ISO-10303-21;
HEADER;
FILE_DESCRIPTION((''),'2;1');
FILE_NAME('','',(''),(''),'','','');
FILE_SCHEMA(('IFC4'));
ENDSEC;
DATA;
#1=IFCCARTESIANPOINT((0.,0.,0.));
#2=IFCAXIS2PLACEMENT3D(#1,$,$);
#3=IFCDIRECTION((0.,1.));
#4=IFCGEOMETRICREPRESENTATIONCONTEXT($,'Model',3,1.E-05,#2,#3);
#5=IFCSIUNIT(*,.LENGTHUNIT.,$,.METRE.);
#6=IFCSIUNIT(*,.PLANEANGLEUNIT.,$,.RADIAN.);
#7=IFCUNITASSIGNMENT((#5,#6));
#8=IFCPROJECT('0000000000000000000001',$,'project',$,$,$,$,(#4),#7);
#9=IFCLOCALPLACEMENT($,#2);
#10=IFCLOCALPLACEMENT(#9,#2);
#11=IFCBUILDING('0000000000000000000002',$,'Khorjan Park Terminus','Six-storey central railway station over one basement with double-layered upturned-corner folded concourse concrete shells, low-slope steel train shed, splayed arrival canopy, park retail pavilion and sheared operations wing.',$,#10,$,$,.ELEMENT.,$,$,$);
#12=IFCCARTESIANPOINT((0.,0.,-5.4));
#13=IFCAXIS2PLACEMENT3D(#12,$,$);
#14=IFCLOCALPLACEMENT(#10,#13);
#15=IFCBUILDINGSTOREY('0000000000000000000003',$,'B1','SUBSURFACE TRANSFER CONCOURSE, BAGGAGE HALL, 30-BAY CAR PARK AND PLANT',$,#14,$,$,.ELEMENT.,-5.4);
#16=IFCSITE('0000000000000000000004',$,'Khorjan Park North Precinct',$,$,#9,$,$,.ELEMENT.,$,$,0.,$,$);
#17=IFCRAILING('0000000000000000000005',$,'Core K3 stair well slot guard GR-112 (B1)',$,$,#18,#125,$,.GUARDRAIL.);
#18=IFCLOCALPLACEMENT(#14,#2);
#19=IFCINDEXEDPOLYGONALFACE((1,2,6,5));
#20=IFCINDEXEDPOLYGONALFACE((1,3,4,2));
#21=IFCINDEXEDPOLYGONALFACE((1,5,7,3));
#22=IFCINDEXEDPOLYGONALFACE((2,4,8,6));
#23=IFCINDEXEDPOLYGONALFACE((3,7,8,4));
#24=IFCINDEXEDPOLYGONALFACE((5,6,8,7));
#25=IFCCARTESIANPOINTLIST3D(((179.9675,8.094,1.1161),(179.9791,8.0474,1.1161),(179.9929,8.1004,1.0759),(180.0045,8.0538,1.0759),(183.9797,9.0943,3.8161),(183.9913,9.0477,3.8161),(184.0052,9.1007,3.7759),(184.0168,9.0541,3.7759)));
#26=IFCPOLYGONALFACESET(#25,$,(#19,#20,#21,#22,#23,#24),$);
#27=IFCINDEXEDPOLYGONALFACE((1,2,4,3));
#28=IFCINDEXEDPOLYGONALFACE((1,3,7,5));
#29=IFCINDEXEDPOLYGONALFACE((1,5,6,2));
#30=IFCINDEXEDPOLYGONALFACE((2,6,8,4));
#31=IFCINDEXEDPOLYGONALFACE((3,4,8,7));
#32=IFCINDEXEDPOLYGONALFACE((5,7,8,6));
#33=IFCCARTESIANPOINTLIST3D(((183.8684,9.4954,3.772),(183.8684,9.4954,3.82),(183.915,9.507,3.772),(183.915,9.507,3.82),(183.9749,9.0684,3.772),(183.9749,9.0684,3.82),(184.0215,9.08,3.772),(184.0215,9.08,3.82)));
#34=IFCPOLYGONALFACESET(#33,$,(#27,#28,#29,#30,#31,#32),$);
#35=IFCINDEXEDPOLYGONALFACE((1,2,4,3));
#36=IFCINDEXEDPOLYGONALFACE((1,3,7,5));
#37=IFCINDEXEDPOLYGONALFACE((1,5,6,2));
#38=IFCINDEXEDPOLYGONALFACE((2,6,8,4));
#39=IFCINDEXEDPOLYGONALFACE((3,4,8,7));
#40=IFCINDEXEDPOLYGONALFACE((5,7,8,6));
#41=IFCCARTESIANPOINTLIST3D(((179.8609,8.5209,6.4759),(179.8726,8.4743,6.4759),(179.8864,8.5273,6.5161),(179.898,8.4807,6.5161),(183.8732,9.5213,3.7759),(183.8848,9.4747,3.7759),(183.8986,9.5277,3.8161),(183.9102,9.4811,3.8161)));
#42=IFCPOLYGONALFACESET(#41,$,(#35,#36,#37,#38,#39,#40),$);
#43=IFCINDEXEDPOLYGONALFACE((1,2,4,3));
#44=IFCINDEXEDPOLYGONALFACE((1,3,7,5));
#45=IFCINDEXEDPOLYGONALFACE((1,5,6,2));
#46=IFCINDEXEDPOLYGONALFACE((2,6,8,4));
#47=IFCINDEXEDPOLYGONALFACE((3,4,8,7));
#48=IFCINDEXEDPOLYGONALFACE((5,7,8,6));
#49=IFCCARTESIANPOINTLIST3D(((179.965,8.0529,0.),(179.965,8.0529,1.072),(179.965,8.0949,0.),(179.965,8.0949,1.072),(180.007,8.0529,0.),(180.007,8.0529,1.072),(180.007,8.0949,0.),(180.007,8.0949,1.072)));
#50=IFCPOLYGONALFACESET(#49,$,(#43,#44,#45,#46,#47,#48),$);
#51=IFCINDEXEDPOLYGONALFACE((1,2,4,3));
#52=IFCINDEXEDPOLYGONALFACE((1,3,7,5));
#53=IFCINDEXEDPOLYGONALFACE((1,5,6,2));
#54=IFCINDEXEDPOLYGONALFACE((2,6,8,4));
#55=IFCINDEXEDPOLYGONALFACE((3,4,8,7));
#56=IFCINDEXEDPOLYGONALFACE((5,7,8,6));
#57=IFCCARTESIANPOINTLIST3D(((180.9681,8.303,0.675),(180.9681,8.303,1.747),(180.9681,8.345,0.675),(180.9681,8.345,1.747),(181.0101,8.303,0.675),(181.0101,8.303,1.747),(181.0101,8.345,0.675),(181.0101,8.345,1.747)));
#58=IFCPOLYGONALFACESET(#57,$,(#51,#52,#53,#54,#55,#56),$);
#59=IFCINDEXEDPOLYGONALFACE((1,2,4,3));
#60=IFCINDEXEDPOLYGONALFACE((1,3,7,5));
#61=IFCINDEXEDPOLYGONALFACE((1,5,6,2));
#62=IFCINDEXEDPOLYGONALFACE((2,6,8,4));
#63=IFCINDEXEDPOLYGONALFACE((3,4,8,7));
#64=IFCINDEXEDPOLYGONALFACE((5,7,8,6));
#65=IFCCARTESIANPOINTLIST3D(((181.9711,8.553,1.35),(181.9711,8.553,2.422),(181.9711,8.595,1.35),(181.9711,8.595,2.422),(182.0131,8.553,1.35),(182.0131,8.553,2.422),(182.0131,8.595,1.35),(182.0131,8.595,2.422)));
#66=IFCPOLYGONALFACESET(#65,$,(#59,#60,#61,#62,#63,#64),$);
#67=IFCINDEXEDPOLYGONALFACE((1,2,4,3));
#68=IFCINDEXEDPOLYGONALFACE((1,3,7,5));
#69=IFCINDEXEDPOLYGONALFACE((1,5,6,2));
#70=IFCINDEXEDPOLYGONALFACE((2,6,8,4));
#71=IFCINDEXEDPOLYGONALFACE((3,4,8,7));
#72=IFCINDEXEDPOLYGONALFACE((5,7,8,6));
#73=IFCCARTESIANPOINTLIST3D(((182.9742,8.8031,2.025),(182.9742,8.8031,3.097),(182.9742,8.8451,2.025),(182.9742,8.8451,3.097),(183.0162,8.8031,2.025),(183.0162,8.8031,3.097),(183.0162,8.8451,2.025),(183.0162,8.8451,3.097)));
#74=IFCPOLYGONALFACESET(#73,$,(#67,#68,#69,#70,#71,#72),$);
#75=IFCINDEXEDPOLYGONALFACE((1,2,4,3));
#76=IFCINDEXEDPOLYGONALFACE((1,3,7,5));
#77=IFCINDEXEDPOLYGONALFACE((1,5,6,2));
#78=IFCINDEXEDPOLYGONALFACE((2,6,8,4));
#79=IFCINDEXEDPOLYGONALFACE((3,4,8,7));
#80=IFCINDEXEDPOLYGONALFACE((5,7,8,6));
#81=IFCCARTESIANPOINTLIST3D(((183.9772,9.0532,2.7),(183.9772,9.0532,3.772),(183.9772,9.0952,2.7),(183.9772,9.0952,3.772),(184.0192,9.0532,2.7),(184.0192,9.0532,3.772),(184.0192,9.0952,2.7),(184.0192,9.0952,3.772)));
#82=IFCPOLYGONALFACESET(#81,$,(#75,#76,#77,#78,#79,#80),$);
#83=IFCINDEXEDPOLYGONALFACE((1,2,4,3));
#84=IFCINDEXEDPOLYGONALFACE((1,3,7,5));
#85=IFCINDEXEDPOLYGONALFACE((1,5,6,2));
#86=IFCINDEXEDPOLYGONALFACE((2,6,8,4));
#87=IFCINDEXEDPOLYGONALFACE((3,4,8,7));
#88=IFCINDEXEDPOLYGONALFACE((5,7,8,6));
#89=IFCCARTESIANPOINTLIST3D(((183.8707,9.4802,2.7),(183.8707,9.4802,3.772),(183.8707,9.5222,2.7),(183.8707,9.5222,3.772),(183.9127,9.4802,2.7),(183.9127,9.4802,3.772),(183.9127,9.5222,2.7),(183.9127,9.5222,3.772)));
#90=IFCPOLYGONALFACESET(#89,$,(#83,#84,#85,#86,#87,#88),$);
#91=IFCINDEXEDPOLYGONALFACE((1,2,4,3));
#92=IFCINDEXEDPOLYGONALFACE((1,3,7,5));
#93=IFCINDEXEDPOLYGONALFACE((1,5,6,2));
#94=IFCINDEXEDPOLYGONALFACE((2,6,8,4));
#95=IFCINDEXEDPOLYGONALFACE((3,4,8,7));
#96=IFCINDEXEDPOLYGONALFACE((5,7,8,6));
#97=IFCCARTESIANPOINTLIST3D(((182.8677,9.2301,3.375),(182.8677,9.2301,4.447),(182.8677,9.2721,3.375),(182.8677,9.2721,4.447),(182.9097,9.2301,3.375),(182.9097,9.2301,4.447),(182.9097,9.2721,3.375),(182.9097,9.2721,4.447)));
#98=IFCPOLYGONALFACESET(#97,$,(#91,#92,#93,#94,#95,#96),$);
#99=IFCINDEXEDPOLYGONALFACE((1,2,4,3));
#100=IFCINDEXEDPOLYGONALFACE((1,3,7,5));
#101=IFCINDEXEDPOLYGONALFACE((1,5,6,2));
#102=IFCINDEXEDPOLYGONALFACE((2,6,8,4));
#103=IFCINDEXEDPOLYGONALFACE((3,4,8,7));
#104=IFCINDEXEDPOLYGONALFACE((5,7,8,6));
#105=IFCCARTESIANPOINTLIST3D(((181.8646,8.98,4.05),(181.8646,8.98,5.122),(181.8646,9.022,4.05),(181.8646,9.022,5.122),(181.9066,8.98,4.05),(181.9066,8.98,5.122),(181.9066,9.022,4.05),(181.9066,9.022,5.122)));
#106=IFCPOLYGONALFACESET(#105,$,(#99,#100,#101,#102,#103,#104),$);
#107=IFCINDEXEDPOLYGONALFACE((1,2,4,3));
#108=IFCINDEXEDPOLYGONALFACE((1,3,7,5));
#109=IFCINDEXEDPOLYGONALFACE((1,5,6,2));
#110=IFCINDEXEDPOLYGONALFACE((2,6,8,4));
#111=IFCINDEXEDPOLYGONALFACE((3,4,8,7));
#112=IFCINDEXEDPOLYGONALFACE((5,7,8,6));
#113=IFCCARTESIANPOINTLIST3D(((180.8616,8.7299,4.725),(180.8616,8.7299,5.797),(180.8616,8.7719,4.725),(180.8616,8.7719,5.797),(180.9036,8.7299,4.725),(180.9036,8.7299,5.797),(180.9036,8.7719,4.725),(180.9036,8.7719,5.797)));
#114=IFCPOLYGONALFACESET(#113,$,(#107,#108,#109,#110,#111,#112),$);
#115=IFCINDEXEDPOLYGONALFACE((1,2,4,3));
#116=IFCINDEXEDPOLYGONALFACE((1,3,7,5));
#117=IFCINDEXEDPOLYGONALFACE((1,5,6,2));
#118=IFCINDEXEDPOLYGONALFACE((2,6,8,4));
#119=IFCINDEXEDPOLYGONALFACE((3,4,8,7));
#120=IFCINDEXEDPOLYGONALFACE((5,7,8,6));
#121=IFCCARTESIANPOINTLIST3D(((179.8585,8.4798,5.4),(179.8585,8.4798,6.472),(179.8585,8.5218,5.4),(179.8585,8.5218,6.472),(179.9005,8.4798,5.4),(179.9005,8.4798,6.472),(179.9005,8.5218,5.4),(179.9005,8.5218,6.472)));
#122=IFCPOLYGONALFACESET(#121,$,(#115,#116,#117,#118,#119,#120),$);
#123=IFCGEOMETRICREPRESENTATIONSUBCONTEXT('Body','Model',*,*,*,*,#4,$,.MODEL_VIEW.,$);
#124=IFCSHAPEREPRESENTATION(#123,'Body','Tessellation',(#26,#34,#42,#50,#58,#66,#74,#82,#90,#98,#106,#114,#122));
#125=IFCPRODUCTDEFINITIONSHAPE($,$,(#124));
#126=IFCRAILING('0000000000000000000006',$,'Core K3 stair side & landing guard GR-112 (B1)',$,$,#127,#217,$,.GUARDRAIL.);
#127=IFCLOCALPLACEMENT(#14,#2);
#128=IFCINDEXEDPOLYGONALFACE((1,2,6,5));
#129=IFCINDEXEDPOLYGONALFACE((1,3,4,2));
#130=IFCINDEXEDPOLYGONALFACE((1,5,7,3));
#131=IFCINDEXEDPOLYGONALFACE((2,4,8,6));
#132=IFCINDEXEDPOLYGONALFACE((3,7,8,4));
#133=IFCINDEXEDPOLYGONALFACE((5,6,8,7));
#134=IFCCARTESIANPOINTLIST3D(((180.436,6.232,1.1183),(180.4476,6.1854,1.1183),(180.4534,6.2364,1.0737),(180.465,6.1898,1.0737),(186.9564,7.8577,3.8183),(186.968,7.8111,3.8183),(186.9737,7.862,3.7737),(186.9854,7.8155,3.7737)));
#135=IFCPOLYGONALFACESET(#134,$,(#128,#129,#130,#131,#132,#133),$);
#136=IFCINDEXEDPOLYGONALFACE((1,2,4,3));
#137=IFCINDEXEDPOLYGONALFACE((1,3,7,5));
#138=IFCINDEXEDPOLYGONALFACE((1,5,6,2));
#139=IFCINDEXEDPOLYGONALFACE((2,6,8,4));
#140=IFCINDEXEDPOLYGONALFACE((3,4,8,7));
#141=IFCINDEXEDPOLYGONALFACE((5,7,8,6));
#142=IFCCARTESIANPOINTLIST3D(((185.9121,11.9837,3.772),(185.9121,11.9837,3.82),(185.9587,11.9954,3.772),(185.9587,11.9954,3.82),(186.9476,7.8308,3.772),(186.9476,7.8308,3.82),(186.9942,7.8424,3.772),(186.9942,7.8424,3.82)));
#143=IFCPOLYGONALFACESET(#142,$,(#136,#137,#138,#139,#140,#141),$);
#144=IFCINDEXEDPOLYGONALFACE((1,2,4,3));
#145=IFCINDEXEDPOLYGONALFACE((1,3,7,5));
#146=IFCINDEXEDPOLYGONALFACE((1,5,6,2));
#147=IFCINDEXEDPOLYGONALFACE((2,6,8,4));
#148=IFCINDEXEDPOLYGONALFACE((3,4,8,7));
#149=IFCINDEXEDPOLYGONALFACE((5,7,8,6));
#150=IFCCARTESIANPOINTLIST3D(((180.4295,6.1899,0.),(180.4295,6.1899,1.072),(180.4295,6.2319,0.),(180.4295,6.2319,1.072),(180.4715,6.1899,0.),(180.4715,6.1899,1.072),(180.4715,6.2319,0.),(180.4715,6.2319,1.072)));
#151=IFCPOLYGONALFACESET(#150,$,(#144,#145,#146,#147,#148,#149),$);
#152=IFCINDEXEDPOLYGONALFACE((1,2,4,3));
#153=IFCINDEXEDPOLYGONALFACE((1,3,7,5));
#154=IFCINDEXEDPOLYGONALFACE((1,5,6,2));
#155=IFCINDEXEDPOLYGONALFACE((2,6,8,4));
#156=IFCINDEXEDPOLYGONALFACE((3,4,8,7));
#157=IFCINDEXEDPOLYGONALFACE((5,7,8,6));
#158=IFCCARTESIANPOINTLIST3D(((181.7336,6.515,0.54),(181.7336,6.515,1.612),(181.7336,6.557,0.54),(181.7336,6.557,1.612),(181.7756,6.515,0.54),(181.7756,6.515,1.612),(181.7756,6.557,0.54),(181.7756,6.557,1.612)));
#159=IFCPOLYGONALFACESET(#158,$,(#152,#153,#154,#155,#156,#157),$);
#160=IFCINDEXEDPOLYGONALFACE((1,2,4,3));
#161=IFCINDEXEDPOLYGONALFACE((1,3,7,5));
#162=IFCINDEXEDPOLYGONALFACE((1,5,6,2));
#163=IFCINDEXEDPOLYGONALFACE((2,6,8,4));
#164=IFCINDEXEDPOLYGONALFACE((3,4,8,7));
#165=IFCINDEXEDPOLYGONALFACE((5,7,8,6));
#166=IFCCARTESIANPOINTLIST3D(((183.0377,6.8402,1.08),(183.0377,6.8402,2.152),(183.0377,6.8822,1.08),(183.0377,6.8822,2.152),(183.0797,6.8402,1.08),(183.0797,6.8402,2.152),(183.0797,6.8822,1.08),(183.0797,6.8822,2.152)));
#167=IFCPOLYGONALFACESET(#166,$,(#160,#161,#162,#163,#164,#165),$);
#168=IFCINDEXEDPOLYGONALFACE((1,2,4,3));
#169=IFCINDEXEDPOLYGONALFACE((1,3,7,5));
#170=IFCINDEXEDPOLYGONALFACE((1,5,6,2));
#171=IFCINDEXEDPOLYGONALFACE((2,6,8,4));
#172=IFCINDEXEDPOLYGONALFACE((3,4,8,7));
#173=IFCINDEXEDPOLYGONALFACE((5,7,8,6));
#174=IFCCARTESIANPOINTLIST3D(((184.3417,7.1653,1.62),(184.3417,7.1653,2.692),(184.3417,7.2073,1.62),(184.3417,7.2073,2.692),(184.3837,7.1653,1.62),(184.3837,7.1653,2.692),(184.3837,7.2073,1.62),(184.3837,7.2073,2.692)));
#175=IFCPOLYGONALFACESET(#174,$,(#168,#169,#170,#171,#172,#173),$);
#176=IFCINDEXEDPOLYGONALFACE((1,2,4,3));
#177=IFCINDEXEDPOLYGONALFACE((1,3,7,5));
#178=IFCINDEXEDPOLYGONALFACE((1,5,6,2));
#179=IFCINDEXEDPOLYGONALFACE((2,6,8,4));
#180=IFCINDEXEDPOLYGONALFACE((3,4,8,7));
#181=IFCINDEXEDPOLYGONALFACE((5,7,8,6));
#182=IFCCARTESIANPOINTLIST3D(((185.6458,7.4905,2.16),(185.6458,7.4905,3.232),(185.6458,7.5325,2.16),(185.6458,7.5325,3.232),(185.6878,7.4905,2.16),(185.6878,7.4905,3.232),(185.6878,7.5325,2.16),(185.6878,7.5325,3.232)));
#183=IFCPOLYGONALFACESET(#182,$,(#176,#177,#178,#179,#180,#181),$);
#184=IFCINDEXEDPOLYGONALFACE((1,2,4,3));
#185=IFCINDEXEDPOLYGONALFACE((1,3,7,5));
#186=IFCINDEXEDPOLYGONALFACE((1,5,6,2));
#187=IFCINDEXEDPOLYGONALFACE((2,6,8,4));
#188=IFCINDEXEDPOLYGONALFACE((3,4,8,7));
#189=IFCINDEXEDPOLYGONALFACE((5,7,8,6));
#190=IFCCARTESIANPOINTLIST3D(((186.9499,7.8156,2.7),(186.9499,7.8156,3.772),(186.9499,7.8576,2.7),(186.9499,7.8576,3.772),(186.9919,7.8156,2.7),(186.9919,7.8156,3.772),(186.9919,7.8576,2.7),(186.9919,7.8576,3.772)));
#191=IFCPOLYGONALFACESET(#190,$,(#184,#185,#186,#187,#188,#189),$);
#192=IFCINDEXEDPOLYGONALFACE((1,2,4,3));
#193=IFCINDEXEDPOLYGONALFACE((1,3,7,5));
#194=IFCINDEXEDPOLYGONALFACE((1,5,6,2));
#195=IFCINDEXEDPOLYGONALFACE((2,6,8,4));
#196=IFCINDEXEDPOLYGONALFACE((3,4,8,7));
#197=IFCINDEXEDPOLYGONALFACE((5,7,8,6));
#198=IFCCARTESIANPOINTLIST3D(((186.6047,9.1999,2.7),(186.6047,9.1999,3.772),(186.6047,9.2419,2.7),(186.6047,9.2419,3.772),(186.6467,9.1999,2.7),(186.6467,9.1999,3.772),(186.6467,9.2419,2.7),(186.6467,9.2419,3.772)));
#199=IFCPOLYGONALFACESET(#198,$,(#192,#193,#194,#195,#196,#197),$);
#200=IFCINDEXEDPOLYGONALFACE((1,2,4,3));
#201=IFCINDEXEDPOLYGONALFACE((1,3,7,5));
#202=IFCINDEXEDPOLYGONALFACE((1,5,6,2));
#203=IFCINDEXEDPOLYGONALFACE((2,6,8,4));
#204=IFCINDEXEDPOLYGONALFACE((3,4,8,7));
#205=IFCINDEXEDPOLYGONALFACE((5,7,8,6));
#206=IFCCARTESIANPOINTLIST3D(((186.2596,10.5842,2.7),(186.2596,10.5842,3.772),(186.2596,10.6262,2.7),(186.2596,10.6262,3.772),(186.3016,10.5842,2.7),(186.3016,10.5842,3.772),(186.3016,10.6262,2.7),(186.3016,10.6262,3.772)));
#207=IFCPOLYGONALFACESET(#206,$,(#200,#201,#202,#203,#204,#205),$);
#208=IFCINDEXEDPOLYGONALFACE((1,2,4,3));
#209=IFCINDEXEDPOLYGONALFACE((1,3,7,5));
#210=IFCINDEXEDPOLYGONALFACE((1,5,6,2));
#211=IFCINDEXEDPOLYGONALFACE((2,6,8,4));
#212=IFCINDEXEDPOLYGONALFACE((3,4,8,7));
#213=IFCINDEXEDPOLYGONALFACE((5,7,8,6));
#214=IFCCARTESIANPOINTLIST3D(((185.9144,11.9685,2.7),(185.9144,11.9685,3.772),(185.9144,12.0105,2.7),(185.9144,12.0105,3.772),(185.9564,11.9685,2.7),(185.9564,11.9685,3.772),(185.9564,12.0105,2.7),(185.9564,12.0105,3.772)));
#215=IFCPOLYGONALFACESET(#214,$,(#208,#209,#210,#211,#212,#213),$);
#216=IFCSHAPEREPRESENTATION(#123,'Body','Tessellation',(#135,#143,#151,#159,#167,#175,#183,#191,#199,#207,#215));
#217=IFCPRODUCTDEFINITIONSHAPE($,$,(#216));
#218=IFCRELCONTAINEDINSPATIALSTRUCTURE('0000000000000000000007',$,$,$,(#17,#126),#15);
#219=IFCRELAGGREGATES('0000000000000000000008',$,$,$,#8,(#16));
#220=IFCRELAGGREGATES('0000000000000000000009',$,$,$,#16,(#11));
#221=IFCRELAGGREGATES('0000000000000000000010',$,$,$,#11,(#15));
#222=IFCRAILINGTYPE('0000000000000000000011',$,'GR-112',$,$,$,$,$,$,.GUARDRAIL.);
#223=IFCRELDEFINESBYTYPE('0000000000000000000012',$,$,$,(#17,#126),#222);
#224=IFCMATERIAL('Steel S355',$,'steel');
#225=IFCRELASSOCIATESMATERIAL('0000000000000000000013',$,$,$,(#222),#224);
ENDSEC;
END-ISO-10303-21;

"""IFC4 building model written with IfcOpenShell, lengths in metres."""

from ifc_helpers import new_model, si_unit, direction, frame, origin, origin_2d, place, context, subcontext, project, spatial, rectangle, extrude, material, type_object, element, save


model = new_model("IFC4")

# Units and contexts
model_context = context("Model", 3, precision=1e-05, world=origin(), true_north=direction((0.0, 1.0)))
body_context = subcontext(model_context, "Body", "Model", "MODEL_VIEW")
ifc_project = project(units=[si_unit("LENGTHUNIT", "METRE"), si_unit("PLANEANGLEUNIT", "RADIAN")], contexts=[model_context])

# Site, building, storey
site_placement = place(None, origin())
site = spatial("IfcSite", under=ifc_project, at=site_placement, Name="Khorjan Park North Precinct", CompositionType="ELEMENT", RefElevation=0.0)
building_placement = place(site_placement, origin())
building = spatial("IfcBuilding", under=site, at=building_placement, Name="Khorjan Park Terminus", Description="Six-storey central railway station over one basement with double-layered upturned-corner folded concourse concrete shells, low-slope steel train shed, splayed arrival canopy, park retail pavilion and sheared operations wing.", CompositionType="ELEMENT")
storey_placement = place(building_placement, frame((0.0, 0.0, -5.4)))
storey = spatial("IfcBuildingStorey", under=building, at=storey_placement, Name="B1", Description="SUBSURFACE TRANSFER CONCOURSE, BAGGAGE HALL, 30-BAY CAR PARK AND PLANT", CompositionType="ELEMENT", Elevation=-5.4)

# Railings
ifc_material_1 = material(Name="Steel S355", Category="steel")
railing_type_1 = type_object("IfcRailingType", Name="GR-112", PredefinedType="GUARDRAIL", material=ifc_material_1)
railing_1_placement = place(storey_placement, frame((179.986, 8.0739, 0.0)))
element("IfcRailing", 1, at=railing_1_placement, inside=storey, type_object=railing_type_1, Name="Core K3 stair well slot guard GR-112 (B1)", PredefinedType="GUARDRAIL", context=body_context, shape_type="SweptSolid", body=[
    extrude(rectangle(XDim=0.048, YDim=0.048, at=origin_2d()), frame((0.0, 0.0, 1.096), z_axis=(0.81244, 0.202553, 0.54673), x_axis=(-0.24191, 0.970299, 0.0)), (0.0, 0.0, 1.0), 4.9385),
    extrude(rectangle(XDim=0.048, YDim=0.048, at=origin_2d()), frame((4.0122, 1.0003, 3.796), z_axis=(-0.242001, 0.970276, 0.0), x_axis=(-0.970276, -0.242001, 0.0)), (0.0, 0.0, 1.0), 0.4401),
    extrude(rectangle(XDim=0.048, YDim=0.048, at=origin_2d()), frame((3.9057, 1.4273, 3.796), z_axis=(-0.812437, -0.202573, 0.546727), x_axis=(0.241932, -0.970293, 0.0)), (0.0, 0.0, 1.0), 4.9385),
    extrude(rectangle(XDim=0.042, YDim=0.042, at=origin_2d()), origin(), (0.0, 0.0, 1.0), 1.072),
    extrude(rectangle(XDim=0.042, YDim=0.042, at=origin_2d()), frame((1.0031, 0.2501, 0.675)), (0.0, 0.0, 1.0), 1.072),
    extrude(rectangle(XDim=0.042, YDim=0.042, at=origin_2d()), frame((2.0061, 0.5001, 1.35)), (0.0, 0.0, 1.0), 1.072),
    extrude(rectangle(XDim=0.042, YDim=0.042, at=origin_2d()), frame((3.0092, 0.7502, 2.025)), (0.0, 0.0, 1.0), 1.072),
    extrude(rectangle(XDim=0.042, YDim=0.042, at=origin_2d()), frame((4.0122, 1.0003, 2.7)), (0.0, 0.0, 1.0), 1.072),
    extrude(rectangle(XDim=0.042, YDim=0.042, at=origin_2d()), frame((3.9057, 1.4273, 2.7)), (0.0, 0.0, 1.0), 1.072),
    extrude(rectangle(XDim=0.042, YDim=0.042, at=origin_2d()), frame((2.9027, 1.1772, 3.375)), (0.0, 0.0, 1.0), 1.072),
    extrude(rectangle(XDim=0.042, YDim=0.042, at=origin_2d()), frame((1.8996, 0.9271, 4.05)), (0.0, 0.0, 1.0), 1.072),
    extrude(rectangle(XDim=0.042, YDim=0.042, at=origin_2d()), frame((0.8966, 0.677, 4.725)), (0.0, 0.0, 1.0), 1.072),
    extrude(rectangle(XDim=0.042, YDim=0.042, at=origin_2d()), frame((-0.1065, 0.4269, 5.4)), (0.0, 0.0, 1.0), 1.072),
])
railing_2_placement = place(storey_placement, frame((180.4505, 6.2109, 0.0)))
element("IfcRailing", 2, at=railing_2_placement, inside=storey, type_object=railing_type_1, Name="Core K3 stair side & landing guard GR-112 (B1)", PredefinedType="GUARDRAIL", context=body_context, shape_type="SweptSolid", body=[
    extrude(rectangle(XDim=0.048, YDim=0.048, at=origin_2d()), frame((0.0, 0.0, 1.096), z_axis=(0.900342, 0.224478, 0.372818), x_axis=(-0.241919, 0.970296, 0.0)), (0.0, 0.0, 1.0), 7.2421),
    extrude(rectangle(XDim=0.048, YDim=0.048, at=origin_2d()), frame((6.5204, 1.6257, 3.796), z_axis=(-0.241936, 0.970292, 0.0), x_axis=(-0.970292, -0.241936, 0.0)), (0.0, 0.0, 1.0), 4.2801),
    extrude(rectangle(XDim=0.042, YDim=0.042, at=origin_2d()), origin(), (0.0, 0.0, 1.0), 1.072),
    extrude(rectangle(XDim=0.042, YDim=0.042, at=origin_2d()), frame((1.3041, 0.3251, 0.54)), (0.0, 0.0, 1.0), 1.072),
    extrude(rectangle(XDim=0.042, YDim=0.042, at=origin_2d()), frame((2.6082, 0.6503, 1.08)), (0.0, 0.0, 1.0), 1.072),
    extrude(rectangle(XDim=0.042, YDim=0.042, at=origin_2d()), frame((3.9122, 0.9754, 1.62)), (0.0, 0.0, 1.0), 1.072),
    extrude(rectangle(XDim=0.042, YDim=0.042, at=origin_2d()), frame((5.2163, 1.3006, 2.16)), (0.0, 0.0, 1.0), 1.072),
    extrude(rectangle(XDim=0.042, YDim=0.042, at=origin_2d()), frame((6.5204, 1.6257, 2.7)), (0.0, 0.0, 1.0), 1.072),
    extrude(rectangle(XDim=0.042, YDim=0.042, at=origin_2d()), frame((6.1752, 3.01, 2.7)), (0.0, 0.0, 1.0), 1.072),
    extrude(rectangle(XDim=0.042, YDim=0.042, at=origin_2d()), frame((5.8301, 4.3943, 2.7)), (0.0, 0.0, 1.0), 1.072),
    extrude(rectangle(XDim=0.042, YDim=0.042, at=origin_2d()), frame((5.4849, 5.7786, 2.7)), (0.0, 0.0, 1.0), 1.072),
])

save(model, "model.ifc")
